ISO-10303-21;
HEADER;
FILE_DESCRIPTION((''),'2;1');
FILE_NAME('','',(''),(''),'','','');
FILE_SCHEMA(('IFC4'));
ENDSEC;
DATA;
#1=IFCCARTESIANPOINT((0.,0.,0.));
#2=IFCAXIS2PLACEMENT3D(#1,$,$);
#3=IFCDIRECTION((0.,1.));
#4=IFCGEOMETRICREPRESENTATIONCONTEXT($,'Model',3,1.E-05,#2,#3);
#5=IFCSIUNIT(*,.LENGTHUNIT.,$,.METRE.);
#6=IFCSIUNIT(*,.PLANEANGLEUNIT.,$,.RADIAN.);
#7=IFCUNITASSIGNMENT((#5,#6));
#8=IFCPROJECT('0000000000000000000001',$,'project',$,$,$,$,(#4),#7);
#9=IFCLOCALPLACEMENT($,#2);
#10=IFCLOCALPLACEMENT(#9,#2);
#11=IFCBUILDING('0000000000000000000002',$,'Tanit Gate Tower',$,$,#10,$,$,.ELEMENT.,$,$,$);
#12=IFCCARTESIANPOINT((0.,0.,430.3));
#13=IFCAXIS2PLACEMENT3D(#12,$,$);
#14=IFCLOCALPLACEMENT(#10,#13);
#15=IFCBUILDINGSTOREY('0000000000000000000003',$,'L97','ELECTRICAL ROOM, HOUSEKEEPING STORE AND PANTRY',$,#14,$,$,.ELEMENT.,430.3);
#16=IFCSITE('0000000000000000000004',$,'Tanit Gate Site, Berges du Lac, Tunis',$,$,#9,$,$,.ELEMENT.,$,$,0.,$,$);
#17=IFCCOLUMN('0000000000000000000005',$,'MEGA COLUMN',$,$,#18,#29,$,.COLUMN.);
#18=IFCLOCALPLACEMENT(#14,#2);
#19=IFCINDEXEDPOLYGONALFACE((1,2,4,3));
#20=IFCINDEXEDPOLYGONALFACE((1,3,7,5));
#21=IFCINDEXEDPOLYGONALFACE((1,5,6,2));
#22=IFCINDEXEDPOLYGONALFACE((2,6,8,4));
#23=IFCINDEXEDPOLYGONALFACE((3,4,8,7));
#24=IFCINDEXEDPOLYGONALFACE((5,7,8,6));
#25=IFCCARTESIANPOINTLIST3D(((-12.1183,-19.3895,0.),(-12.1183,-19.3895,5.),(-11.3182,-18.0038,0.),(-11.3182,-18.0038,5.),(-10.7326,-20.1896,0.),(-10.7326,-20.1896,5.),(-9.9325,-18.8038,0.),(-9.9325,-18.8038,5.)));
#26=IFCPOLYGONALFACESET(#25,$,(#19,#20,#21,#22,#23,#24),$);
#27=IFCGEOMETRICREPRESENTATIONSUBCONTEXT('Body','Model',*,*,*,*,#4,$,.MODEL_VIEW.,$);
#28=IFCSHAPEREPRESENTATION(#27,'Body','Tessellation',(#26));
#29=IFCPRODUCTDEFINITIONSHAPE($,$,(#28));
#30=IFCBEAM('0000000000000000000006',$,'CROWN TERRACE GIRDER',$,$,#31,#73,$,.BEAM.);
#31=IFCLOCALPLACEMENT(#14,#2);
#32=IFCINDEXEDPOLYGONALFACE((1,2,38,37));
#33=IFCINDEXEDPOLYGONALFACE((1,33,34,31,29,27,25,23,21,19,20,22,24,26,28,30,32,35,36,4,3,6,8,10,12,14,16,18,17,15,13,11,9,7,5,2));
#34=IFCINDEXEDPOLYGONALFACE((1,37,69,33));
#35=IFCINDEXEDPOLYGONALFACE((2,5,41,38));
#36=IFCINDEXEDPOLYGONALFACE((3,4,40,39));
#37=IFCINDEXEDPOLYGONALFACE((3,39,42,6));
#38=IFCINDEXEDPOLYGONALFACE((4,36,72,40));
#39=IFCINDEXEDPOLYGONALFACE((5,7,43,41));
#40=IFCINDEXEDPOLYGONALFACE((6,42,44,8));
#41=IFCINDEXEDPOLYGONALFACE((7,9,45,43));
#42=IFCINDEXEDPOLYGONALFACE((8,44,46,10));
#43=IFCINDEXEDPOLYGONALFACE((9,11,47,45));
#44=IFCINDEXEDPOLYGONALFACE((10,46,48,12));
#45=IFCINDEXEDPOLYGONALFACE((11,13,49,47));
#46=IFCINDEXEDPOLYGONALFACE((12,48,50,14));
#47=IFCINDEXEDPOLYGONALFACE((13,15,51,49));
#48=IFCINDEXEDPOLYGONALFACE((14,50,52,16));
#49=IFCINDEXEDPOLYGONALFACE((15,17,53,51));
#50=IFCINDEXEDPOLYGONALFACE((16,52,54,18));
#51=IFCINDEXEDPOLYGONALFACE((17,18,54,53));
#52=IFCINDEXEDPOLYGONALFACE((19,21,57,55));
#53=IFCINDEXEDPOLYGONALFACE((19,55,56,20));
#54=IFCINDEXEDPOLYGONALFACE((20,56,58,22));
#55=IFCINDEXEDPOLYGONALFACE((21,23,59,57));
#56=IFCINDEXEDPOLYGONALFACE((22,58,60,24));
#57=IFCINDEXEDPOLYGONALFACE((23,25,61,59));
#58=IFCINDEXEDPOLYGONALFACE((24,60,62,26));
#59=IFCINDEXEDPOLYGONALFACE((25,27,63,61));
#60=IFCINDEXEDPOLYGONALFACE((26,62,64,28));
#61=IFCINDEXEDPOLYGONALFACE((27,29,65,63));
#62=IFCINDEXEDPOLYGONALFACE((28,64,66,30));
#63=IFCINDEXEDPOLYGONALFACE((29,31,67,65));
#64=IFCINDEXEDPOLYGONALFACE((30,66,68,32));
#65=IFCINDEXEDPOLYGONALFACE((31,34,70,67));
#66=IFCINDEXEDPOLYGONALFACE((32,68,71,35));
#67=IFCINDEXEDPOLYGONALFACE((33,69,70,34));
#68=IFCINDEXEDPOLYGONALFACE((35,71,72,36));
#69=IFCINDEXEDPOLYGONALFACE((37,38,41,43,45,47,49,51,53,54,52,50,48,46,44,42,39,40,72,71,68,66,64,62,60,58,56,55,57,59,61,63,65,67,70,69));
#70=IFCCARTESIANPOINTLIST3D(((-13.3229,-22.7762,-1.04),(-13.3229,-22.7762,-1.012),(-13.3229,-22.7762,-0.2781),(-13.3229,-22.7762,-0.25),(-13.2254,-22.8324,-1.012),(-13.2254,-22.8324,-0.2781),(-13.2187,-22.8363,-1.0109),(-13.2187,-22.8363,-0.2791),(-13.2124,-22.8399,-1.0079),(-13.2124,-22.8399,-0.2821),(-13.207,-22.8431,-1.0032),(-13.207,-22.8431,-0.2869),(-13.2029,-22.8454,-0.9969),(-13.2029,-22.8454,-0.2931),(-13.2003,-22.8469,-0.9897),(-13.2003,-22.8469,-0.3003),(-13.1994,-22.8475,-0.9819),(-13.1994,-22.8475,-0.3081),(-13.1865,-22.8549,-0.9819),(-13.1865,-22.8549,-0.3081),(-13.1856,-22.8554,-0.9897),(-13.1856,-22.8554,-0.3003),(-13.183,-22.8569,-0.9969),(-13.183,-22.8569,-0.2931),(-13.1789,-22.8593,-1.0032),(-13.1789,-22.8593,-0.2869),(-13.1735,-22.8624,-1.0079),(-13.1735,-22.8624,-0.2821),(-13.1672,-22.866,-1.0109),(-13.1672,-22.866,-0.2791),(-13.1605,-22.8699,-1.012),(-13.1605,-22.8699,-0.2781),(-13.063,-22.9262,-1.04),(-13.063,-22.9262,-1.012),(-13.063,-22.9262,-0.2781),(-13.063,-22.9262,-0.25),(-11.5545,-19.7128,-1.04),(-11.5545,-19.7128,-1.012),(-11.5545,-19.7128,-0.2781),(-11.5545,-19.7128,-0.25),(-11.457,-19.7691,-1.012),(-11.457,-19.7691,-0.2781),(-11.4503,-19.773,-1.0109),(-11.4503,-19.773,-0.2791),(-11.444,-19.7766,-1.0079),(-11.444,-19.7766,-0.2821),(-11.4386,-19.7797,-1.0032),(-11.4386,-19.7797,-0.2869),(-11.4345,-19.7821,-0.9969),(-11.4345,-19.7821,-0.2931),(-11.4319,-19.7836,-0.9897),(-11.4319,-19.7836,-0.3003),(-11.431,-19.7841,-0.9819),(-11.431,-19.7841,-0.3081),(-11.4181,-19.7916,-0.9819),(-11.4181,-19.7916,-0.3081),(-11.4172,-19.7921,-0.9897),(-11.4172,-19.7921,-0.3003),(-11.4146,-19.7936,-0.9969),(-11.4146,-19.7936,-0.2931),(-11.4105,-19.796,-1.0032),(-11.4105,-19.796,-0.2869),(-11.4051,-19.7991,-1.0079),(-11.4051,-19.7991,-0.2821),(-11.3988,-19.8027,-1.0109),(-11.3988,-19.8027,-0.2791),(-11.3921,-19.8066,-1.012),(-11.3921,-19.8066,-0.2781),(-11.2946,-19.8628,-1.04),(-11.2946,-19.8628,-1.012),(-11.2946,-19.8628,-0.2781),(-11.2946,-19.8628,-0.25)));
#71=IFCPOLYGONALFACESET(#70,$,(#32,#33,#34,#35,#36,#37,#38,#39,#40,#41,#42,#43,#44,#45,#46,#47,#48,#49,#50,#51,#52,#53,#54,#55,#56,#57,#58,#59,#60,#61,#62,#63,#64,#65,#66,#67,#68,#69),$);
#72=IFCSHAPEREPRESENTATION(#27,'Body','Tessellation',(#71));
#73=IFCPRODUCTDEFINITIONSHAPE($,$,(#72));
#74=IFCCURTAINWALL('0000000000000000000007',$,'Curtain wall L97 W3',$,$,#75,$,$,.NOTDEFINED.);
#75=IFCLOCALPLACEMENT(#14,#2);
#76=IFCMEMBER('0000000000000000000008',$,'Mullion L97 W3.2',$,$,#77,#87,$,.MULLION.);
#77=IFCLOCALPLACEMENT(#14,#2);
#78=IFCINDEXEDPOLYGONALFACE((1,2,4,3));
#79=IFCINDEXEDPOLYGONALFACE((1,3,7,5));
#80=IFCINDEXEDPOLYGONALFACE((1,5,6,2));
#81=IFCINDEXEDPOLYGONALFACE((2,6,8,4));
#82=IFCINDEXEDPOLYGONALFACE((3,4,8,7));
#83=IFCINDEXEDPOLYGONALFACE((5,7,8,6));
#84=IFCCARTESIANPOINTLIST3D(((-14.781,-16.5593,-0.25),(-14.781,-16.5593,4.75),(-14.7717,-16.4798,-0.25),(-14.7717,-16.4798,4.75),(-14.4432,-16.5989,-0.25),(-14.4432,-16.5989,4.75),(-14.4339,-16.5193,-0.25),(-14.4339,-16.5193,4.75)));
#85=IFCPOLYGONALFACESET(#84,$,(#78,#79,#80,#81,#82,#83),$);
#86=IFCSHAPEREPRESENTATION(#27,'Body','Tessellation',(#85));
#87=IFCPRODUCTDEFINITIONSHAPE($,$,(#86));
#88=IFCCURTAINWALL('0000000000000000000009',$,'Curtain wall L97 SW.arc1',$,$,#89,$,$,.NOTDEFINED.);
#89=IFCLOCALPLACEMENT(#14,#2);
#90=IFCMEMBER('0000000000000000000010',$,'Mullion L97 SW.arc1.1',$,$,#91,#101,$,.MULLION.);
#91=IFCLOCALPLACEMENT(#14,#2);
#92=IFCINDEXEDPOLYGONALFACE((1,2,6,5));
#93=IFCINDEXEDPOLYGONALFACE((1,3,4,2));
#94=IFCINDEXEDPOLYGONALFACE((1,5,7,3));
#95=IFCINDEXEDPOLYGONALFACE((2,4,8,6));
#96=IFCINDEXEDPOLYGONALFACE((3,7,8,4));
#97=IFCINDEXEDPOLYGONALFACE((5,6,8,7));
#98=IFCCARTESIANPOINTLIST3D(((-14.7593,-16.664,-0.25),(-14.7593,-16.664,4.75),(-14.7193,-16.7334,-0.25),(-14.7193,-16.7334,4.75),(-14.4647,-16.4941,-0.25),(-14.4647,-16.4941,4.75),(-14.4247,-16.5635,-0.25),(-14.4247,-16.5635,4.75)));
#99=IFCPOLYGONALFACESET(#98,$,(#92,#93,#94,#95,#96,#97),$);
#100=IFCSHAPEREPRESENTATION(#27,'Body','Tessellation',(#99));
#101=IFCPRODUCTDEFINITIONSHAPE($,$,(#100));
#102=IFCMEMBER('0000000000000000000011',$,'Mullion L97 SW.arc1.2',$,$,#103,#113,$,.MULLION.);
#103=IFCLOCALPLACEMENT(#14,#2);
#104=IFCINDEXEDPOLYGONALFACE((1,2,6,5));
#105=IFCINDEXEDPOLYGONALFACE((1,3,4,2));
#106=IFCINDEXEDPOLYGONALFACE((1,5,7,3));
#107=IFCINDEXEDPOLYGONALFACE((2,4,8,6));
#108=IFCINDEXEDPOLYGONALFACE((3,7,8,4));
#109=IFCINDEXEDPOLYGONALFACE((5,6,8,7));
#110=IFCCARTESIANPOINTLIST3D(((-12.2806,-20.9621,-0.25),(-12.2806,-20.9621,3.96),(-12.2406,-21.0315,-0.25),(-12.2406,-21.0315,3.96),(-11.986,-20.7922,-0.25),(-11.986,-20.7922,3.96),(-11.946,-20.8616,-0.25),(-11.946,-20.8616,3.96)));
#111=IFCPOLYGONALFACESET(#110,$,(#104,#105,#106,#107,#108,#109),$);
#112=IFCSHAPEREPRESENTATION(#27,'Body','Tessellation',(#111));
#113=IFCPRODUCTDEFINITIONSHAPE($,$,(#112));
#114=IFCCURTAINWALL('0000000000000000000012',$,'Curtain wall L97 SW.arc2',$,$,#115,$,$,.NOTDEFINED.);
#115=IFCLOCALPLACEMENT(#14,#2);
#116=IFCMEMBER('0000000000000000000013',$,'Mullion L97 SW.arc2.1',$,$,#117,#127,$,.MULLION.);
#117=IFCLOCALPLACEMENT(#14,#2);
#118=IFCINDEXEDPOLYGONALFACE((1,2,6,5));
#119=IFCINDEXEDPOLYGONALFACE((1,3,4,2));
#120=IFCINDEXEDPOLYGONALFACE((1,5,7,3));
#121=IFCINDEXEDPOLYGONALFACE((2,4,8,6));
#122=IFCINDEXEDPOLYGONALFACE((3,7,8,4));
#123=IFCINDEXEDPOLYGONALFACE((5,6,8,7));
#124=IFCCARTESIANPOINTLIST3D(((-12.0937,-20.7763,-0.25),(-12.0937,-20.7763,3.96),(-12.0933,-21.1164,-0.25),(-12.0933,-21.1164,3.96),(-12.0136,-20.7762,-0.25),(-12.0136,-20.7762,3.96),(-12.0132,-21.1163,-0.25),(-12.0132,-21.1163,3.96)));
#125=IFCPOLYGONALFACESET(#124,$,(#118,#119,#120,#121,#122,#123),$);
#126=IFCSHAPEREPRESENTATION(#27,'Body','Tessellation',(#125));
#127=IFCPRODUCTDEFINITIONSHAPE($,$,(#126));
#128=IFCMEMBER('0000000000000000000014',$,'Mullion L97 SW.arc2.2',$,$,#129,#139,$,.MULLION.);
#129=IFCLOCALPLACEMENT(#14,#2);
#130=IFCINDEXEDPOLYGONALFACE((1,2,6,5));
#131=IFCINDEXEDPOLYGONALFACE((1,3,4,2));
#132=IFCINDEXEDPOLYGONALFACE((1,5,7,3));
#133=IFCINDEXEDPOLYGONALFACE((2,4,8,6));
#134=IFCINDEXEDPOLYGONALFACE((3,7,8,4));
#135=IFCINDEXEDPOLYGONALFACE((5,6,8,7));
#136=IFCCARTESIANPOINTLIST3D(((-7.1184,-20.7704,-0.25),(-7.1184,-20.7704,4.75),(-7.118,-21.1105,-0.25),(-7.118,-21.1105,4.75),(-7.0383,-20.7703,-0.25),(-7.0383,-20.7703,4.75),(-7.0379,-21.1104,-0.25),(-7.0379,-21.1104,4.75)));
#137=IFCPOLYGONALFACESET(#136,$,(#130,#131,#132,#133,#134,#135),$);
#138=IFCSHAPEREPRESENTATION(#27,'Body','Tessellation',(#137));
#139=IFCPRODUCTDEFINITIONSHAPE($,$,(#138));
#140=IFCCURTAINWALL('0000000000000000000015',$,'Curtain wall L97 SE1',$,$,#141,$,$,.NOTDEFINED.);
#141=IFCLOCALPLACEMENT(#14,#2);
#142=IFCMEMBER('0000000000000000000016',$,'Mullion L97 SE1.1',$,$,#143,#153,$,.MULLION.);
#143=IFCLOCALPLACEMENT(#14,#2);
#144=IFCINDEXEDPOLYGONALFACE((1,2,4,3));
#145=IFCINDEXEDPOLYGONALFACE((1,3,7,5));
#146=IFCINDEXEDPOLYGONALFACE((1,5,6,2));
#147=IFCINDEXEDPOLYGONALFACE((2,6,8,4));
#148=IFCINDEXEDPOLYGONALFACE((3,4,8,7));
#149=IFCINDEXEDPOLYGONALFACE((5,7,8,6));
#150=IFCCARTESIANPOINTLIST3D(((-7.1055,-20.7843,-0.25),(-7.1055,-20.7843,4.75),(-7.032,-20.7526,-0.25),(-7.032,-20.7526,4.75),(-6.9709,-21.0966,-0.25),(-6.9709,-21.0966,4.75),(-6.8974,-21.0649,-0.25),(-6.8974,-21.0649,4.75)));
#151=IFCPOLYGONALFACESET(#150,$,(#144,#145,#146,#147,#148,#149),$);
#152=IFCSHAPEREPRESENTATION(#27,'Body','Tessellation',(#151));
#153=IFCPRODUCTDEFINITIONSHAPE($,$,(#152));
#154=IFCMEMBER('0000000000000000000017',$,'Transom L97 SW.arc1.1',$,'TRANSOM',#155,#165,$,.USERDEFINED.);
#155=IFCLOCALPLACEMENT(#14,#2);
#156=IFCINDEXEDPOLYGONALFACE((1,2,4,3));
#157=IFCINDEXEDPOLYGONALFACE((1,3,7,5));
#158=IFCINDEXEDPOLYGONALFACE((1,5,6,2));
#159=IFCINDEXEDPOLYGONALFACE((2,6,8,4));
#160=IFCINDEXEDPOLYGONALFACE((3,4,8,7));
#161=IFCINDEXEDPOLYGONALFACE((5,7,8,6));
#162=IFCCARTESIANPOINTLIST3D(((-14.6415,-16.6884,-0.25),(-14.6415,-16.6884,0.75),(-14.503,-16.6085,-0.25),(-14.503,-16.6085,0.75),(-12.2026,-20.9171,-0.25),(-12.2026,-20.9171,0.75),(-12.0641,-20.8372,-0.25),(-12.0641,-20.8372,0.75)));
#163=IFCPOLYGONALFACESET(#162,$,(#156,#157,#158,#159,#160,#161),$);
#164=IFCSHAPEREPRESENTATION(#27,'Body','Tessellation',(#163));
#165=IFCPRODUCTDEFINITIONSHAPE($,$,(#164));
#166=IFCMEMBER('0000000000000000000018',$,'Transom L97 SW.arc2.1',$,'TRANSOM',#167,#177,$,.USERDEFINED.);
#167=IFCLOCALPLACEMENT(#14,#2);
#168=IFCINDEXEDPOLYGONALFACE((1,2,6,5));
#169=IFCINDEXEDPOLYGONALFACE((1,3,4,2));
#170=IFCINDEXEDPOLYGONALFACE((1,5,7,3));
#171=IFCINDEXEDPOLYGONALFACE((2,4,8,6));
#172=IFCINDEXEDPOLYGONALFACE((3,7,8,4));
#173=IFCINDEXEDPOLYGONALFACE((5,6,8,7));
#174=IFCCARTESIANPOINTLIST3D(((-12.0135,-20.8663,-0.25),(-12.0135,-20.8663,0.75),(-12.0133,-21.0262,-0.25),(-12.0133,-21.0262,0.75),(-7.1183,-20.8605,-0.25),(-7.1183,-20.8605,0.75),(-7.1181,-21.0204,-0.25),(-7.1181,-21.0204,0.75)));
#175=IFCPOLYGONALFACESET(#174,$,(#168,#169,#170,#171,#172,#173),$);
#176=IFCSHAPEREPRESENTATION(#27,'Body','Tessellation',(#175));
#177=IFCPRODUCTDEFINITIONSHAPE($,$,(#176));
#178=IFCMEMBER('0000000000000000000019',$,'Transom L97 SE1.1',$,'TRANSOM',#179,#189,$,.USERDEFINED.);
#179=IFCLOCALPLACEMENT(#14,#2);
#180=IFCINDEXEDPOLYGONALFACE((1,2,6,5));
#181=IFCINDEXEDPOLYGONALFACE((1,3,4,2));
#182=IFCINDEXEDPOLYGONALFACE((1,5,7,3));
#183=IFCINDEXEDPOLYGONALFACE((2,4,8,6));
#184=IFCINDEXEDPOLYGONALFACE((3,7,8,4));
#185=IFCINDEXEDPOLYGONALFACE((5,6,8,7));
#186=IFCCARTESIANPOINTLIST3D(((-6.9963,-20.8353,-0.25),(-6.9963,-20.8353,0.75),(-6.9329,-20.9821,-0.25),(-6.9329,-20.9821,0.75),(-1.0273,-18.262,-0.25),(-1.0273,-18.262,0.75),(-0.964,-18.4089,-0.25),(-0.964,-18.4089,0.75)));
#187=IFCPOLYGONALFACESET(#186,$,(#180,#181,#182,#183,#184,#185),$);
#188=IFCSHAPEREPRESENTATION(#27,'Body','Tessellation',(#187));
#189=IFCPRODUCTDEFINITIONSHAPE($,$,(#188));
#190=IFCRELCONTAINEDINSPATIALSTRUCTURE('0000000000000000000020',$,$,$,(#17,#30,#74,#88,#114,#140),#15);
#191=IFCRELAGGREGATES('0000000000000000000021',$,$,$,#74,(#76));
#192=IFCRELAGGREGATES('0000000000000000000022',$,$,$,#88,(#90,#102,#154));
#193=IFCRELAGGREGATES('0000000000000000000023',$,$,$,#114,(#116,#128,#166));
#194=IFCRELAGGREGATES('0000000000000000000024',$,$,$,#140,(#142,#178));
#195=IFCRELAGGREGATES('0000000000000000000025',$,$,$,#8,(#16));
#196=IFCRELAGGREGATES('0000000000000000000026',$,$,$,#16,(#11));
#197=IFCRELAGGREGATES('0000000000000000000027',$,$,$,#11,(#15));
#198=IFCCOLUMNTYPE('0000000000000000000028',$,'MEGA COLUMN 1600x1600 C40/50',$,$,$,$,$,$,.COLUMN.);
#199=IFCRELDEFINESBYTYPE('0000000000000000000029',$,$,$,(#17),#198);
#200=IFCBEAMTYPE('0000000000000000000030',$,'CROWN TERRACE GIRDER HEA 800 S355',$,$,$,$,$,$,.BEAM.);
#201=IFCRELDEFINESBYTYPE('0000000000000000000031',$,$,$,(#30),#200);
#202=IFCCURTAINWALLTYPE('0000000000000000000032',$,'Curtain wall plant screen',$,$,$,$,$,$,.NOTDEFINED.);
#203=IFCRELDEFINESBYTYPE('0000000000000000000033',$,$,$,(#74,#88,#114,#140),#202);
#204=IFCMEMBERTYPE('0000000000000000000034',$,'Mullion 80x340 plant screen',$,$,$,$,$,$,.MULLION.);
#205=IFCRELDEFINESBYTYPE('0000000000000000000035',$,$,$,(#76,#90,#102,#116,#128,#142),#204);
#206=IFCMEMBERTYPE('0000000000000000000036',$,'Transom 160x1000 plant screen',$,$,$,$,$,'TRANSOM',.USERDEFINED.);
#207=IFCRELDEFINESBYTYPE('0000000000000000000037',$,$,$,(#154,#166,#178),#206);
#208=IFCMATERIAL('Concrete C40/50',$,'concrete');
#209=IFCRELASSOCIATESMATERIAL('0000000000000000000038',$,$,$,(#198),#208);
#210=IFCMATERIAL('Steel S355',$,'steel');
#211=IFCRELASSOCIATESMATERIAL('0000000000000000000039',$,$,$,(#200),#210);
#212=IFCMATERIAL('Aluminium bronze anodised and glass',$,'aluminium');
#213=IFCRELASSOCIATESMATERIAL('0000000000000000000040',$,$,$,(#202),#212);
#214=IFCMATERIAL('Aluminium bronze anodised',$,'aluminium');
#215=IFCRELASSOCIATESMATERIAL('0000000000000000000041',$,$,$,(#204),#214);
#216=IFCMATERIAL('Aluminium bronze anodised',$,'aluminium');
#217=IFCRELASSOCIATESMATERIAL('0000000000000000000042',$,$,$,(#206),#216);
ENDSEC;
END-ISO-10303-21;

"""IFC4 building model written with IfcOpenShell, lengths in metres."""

from ifc_helpers import new_model, si_unit, direction, frame, origin, origin_2d, place, context, subcontext, project, spatial, rectangle, i_section, extrude, material, material_profile, profile_set, type_object, element, aggregate, save


model = new_model("IFC4")

# Units and contexts
model_context = context("Model", 3, precision=1e-05, world=origin(), true_north=direction((0.0, 1.0)))
body_context = subcontext(model_context, "Body", "Model", "MODEL_VIEW")
ifc_project = project(units=[si_unit("LENGTHUNIT", "METRE"), si_unit("PLANEANGLEUNIT", "RADIAN")], contexts=[model_context])

# Site, building, storey
site_placement = place(None, origin())
site = spatial("IfcSite", under=ifc_project, at=site_placement, Name="Tanit Gate Site, Berges du Lac, Tunis", CompositionType="ELEMENT", RefElevation=0.0)
building_placement = place(site_placement, origin())
building = spatial("IfcBuilding", under=site, at=building_placement, Name="Tanit Gate Tower", CompositionType="ELEMENT")
storey_placement = place(building_placement, frame((0.0, 0.0, 430.3)))
storey = spatial("IfcBuildingStorey", under=building, at=storey_placement, Name="L97", Description="ELECTRICAL ROOM, HOUSEKEEPING STORE AND PANTRY", CompositionType="ELEMENT", Elevation=430.3)

# Column
ifc_material_1 = material(Name="Concrete C40/50", Category="concrete")
ifc_material_profile_1 = material_profile(ifc_material_1, rectangle(XDim=1.6001, YDim=1.6001, at=origin_2d()), Name="RC 1600x1600")
ifc_profile_set_1 = profile_set([ifc_material_profile_1], Name="Concrete C40/50")
column_type = type_object("IfcColumnType", Name="MEGA COLUMN 1600x1600 C40/50", PredefinedType="COLUMN", material=ifc_profile_set_1)
column_placement = place(storey_placement, frame((-11.0254, -19.0967, 0.0), z_axis=(0.0, 0.0, 1.0), x_axis=(-0.5, -0.866025, 0.0)))
element("IfcColumn", 1, at=column_placement, inside=storey, type_object=column_type, Name="MEGA COLUMN", PredefinedType="COLUMN", context=body_context, shape_type="SweptSolid", body=[
    extrude(rectangle(XDim=1.6001, YDim=1.6001, at=origin_2d()), origin(), (0.0, 0.0, 1.0), 5.0),
])

# Beam
ifc_material_2 = material(Name="Steel S355", Category="steel")
ifc_material_profile_2 = material_profile(ifc_material_2, i_section(OverallWidth=0.3, OverallDepth=0.79, WebThickness=0.0149, FlangeThickness=0.0281, FilletRadius=0.03, at=origin_2d()), Name="HEA 800")
ifc_profile_set_2 = profile_set([ifc_material_profile_2], Name="Steel S355")
beam_type = type_object("IfcBeamType", Name="CROWN TERRACE GIRDER HEA 800 S355", PredefinedType="BEAM", material=ifc_profile_set_2)
beam_placement = place(storey_placement, frame((-11.4246, -19.7878, -0.645), z_axis=(-0.499948, -0.866056, 0.0), x_axis=(0.866056, -0.499948, 0.0)))
element("IfcBeam", 2, at=beam_placement, inside=storey, type_object=beam_type, Name="CROWN TERRACE GIRDER", PredefinedType="BEAM", context=body_context, shape_type="SweptSolid", body=[
    extrude(i_section(OverallWidth=0.3, OverallDepth=0.79, WebThickness=0.0149, FlangeThickness=0.0281, FilletRadius=0.03, at=origin_2d()), origin(), (0.0, 0.0, 1.0), 3.5371),
])

# Curtain wall, member
ifc_material_3 = material(Name="Aluminium bronze anodised and glass", Category="aluminium")
curtain_wall_type = type_object("IfcCurtainWallType", Name="Curtain wall plant screen", PredefinedType="NOTDEFINED", material=ifc_material_3)
curtain_wall_1_placement = place(storey_placement, origin())
curtain_wall_1 = element("IfcCurtainWall", 3, at=curtain_wall_1_placement, inside=storey, type_object=curtain_wall_type, Name="Curtain wall L97 W3", PredefinedType="NOTDEFINED")
ifc_material_4 = material(Name="Aluminium bronze anodised", Category="aluminium")
ifc_material_profile_3 = material_profile(ifc_material_4, rectangle(XDim=0.3401, YDim=0.0801, at=origin_2d()), Name="80x340 bronze mullion")
ifc_profile_set_3 = profile_set([ifc_material_profile_3], Name="Aluminium bronze anodised")
member_type_1 = type_object("IfcMemberType", Name="Mullion 80x340 plant screen", PredefinedType="MULLION", material=ifc_profile_set_3)
member_1_placement = place(storey_placement, frame((-14.6074, -16.5393, -0.25), z_axis=(0.0, 0.0, 1.0), x_axis=(0.993212, -0.116318, 0.0)))
member_1 = element("IfcMember", 4, at=member_1_placement, type_object=member_type_1, Name="Mullion L97 W3.2", PredefinedType="MULLION", context=body_context, shape_type="SweptSolid", body=[
    extrude(rectangle(XDim=0.3401, YDim=0.0801, at=origin_2d()), origin(), (0.0, 0.0, 1.0), 5.0),
])

# Curtain walls, members
curtain_wall_2_placement = place(storey_placement, origin())
curtain_wall_2 = element("IfcCurtainWall", 5, at=curtain_wall_2_placement, inside=storey, type_object=curtain_wall_type, Name="Curtain wall L97 SW.arc1", PredefinedType="NOTDEFINED")
member_2_placement = place(storey_placement, frame((-14.592, -16.6138, -0.25), z_axis=(0.0, 0.0, 1.0), x_axis=(0.866261, 0.499592, 0.0)))
member_2 = element("IfcMember", 6, at=member_2_placement, type_object=member_type_1, Name="Mullion L97 SW.arc1.1", PredefinedType="MULLION", context=body_context, shape_type="SweptSolid", body=[
    extrude(rectangle(XDim=0.3401, YDim=0.0801, at=origin_2d()), origin(), (0.0, 0.0, 1.0), 5.0),
])
member_3_placement = place(storey_placement, frame((-12.1133, -20.9119, -0.25), z_axis=(0.0, 0.0, 1.0), x_axis=(0.866261, 0.499592, 0.0)))
member_3 = element("IfcMember", 7, at=member_3_placement, type_object=member_type_1, Name="Mullion L97 SW.arc1.2", PredefinedType="MULLION", context=body_context, shape_type="SweptSolid", body=[
    extrude(rectangle(XDim=0.3401, YDim=0.0801, at=origin_2d()), origin(), (0.0, 0.0, 1.0), 4.21),
])
curtain_wall_3_placement = place(storey_placement, origin())
curtain_wall_3 = element("IfcCurtainWall", 8, at=curtain_wall_3_placement, inside=storey, type_object=curtain_wall_type, Name="Curtain wall L97 SW.arc2", PredefinedType="NOTDEFINED")
member_4_placement = place(storey_placement, frame((-12.0535, -20.9463, -0.25), z_axis=(0.0, 0.0, 1.0), x_axis=(-0.001199, 0.999999, 0.0)))
member_4 = element("IfcMember", 9, at=member_4_placement, type_object=member_type_1, Name="Mullion L97 SW.arc2.1", PredefinedType="MULLION", context=body_context, shape_type="SweptSolid", body=[
    extrude(rectangle(XDim=0.3401, YDim=0.0801, at=origin_2d()), origin(), (0.0, 0.0, 1.0), 4.21),
])
member_5_placement = place(storey_placement, frame((-7.0781, -20.9404, -0.25), z_axis=(0.0, 0.0, 1.0), x_axis=(-0.001199, 0.999999, 0.0)))
member_5 = element("IfcMember", 10, at=member_5_placement, type_object=member_type_1, Name="Mullion L97 SW.arc2.2", PredefinedType="MULLION", context=body_context, shape_type="SweptSolid", body=[
    extrude(rectangle(XDim=0.3401, YDim=0.0801, at=origin_2d()), origin(), (0.0, 0.0, 1.0), 5.0),
])

# Curtain wall, member
curtain_wall_4_placement = place(storey_placement, origin())
curtain_wall_4 = element("IfcCurtainWall", 11, at=curtain_wall_4_placement, inside=storey, type_object=curtain_wall_type, Name="Curtain wall L97 SE1", PredefinedType="NOTDEFINED")
member_6_placement = place(storey_placement, frame((-7.0015, -20.9246, -0.25), z_axis=(0.0, 0.0, 1.0), x_axis=(-0.395871, 0.918306, 0.0)))
member_6 = element("IfcMember", 12, at=member_6_placement, type_object=member_type_1, Name="Mullion L97 SE1.1", PredefinedType="MULLION", context=body_context, shape_type="SweptSolid", body=[
    extrude(rectangle(XDim=0.3401, YDim=0.0801, at=origin_2d()), origin(), (0.0, 0.0, 1.0), 5.0),
])

# Members
ifc_material_5 = material(Name="Aluminium bronze anodised", Category="aluminium")
ifc_material_profile_4 = material_profile(ifc_material_5, rectangle(XDim=0.1599, YDim=1.0, at=origin_2d()), Name="160x1000 bronze transom")
ifc_profile_set_4 = profile_set([ifc_material_profile_4], Name="Aluminium bronze anodised")
member_type_2 = type_object("IfcMemberType", Name="Transom 160x1000 plant screen", ElementType="TRANSOM", PredefinedType="USERDEFINED", material=ifc_profile_set_4)
member_7_placement = place(storey_placement, frame((-14.5723, -16.6484, 0.25), z_axis=(0.499614, -0.866248, 0.0), x_axis=(0.866248, 0.499614, 0.0)))
member_7 = element("IfcMember", 13, at=member_7_placement, type_object=member_type_2, Name="Transom L97 SW.arc1.1", ObjectType="TRANSOM", PredefinedType="USERDEFINED", context=body_context, shape_type="SweptSolid", body=[
    extrude(rectangle(XDim=0.1599, YDim=1.0, at=origin_2d()), origin(), (0.0, 0.0, 1.0), 4.8816),
])
member_8_placement = place(storey_placement, frame((-12.0134, -20.9463, 0.25), z_axis=(0.999999, 0.001197, 0.0), x_axis=(-0.001197, 0.999999, 0.0)))
member_8 = element("IfcMember", 14, at=member_8_placement, type_object=member_type_2, Name="Transom L97 SW.arc2.1", ObjectType="TRANSOM", PredefinedType="USERDEFINED", context=body_context, shape_type="SweptSolid", body=[
    extrude(rectangle(XDim=0.1599, YDim=1.0, at=origin_2d()), origin(), (0.0, 0.0, 1.0), 4.8953),
])
member_9_placement = place(storey_placement, frame((-6.9646, -20.9087, 0.25), z_axis=(0.918302, 0.395881, 0.0), x_axis=(-0.395881, 0.918302, 0.0)))
member_9 = element("IfcMember", 15, at=member_9_placement, type_object=member_type_2, Name="Transom L97 SE1.1", ObjectType="TRANSOM", PredefinedType="USERDEFINED", context=body_context, shape_type="SweptSolid", body=[
    extrude(rectangle(XDim=0.1599, YDim=1.0, at=origin_2d()), origin(), (0.0, 0.0, 1.0), 6.5),
])

aggregate(curtain_wall_1, [member_1])
aggregate(curtain_wall_2, [member_2, member_3, member_7])
aggregate(curtain_wall_3, [member_4, member_5, member_8])
aggregate(curtain_wall_4, [member_6, member_9])

save(model, "model.ifc")
